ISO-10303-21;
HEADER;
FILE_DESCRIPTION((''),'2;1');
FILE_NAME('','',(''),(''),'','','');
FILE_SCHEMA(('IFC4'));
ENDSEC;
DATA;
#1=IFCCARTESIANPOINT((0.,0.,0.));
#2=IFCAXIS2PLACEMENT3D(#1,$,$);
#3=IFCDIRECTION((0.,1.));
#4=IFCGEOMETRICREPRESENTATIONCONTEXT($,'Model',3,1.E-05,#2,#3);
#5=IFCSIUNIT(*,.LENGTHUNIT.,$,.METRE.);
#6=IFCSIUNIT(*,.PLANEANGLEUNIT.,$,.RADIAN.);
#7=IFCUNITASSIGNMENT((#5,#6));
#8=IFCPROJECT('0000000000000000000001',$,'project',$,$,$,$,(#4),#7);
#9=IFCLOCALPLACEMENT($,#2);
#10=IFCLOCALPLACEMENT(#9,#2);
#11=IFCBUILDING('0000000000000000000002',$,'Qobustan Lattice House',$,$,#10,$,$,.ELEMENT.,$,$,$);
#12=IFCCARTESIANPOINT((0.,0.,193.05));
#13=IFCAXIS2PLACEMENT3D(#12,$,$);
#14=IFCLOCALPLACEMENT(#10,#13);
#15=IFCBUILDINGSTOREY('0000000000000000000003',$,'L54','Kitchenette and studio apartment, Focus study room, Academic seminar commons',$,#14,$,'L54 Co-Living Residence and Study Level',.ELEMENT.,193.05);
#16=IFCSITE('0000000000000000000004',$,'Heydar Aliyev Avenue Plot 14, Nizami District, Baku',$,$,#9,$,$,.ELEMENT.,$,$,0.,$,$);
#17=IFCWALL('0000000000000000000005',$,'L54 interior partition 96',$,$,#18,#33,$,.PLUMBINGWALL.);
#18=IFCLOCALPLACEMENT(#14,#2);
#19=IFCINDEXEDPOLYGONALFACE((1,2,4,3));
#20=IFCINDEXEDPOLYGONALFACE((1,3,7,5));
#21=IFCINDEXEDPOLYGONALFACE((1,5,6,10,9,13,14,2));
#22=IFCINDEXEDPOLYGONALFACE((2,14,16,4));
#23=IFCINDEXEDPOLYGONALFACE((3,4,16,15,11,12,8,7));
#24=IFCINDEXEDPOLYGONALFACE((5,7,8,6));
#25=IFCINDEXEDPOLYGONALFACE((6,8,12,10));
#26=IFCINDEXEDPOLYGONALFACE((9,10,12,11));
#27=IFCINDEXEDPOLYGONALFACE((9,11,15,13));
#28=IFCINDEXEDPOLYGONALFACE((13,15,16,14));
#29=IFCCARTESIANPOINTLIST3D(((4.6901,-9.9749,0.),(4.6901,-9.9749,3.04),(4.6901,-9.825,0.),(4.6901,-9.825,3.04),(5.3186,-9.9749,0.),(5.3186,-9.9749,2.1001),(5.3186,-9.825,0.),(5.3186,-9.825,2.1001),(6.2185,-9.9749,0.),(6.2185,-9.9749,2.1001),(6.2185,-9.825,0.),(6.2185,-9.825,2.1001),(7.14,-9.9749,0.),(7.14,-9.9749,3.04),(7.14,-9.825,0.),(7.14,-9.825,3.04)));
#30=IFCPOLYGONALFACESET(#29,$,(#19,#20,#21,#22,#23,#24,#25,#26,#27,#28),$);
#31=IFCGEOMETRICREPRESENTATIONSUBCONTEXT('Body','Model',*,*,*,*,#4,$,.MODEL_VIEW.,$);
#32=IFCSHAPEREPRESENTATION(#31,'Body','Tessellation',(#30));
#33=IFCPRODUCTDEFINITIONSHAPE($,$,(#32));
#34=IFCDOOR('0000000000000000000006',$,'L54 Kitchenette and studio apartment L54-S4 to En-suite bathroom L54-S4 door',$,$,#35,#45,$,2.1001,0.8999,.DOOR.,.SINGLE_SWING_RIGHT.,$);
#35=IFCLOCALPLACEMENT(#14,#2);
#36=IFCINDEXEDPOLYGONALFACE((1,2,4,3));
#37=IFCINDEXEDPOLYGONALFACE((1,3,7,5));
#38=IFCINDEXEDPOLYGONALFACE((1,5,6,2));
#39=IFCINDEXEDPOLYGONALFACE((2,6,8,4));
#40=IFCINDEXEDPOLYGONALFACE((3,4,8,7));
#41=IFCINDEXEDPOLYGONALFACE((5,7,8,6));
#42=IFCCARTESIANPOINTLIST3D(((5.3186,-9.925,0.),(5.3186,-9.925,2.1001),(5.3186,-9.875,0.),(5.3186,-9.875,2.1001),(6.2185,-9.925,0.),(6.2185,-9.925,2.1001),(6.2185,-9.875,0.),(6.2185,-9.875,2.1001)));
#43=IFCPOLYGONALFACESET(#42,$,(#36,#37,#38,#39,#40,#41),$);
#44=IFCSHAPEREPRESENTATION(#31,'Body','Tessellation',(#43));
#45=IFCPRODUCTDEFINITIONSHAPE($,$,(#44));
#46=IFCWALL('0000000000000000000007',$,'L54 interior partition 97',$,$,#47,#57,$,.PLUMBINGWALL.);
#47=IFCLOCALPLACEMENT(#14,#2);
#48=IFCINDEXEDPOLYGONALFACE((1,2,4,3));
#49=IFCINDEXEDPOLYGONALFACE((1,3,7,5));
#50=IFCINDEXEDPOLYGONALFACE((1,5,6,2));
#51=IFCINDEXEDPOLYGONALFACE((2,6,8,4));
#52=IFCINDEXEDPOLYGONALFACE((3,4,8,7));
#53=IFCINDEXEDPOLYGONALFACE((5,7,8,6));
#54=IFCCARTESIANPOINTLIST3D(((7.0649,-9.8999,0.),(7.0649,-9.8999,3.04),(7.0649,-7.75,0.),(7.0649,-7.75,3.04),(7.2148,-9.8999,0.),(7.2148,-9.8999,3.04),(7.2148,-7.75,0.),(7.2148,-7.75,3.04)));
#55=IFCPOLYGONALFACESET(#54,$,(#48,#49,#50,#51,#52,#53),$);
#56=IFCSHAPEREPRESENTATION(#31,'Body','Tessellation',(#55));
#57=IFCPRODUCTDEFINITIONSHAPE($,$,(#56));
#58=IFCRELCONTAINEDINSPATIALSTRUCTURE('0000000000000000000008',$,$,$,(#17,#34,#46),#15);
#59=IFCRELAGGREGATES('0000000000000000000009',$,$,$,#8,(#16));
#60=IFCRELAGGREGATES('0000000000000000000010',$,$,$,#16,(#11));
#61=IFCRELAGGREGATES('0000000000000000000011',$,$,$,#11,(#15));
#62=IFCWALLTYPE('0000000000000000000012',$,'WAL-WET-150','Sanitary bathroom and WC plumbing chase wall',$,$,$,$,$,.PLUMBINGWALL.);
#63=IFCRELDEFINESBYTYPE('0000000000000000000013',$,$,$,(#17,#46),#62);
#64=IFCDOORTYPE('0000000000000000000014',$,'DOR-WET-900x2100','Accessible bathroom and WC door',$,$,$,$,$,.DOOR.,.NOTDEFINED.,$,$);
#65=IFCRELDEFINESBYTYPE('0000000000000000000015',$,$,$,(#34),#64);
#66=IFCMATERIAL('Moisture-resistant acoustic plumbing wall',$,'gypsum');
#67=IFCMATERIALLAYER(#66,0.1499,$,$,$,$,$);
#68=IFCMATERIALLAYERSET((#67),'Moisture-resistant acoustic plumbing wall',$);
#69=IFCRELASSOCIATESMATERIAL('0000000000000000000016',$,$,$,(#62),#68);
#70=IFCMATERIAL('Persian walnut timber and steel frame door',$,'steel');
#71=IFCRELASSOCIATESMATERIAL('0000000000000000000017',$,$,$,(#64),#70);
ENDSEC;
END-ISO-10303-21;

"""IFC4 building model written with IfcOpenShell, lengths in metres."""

from ifc_helpers import new_model, si_unit, direction, frame, frame_2d, origin, place, context, subcontext, project, spatial, rectangle, extrude, material, layer, layer_set, type_object, element, fill, save


model = new_model("IFC4")

# Units and contexts
model_context = context("Model", 3, precision=1e-05, world=origin(), true_north=direction((0.0, 1.0)))
body_context = subcontext(model_context, "Body", "Model", "MODEL_VIEW")
ifc_project = project(units=[si_unit("LENGTHUNIT", "METRE"), si_unit("PLANEANGLEUNIT", "RADIAN")], contexts=[model_context])

# Site, building, storey
site_placement = place(None, origin())
site = spatial("IfcSite", under=ifc_project, at=site_placement, Name="Heydar Aliyev Avenue Plot 14, Nizami District, Baku", CompositionType="ELEMENT", RefElevation=0.0)
building_placement = place(site_placement, origin())
building = spatial("IfcBuilding", under=site, at=building_placement, Name="Qobustan Lattice House", CompositionType="ELEMENT")
storey_placement = place(building_placement, frame((0.0, 0.0, 193.05)))
storey = spatial("IfcBuildingStorey", under=building, at=storey_placement, Name="L54", Description="Kitchenette and studio apartment, Focus study room, Academic seminar commons", LongName="L54 Co-Living Residence and Study Level", CompositionType="ELEMENT", Elevation=193.05)

# Shared definitions
ifc_material_1 = material(Name="Moisture-resistant acoustic plumbing wall", Category="gypsum")
ifc_layer_1 = layer(ifc_material_1, 0.1499)
ifc_layer_set_1 = layer_set([ifc_layer_1], Name="Moisture-resistant acoustic plumbing wall")
wall_type_1 = type_object("IfcWallType", Name="WAL-WET-150", Description="Sanitary bathroom and WC plumbing chase wall", PredefinedType="PLUMBINGWALL", material=ifc_layer_set_1)

# Wall, opening, door
wall_1_placement = place(storey_placement, frame((4.6899, -9.8999, 0.0), z_axis=(0.0, 0.0, 1.0), x_axis=(1.0, 0.0, 0.0)))
wall_1 = element("IfcWall", 1, at=wall_1_placement, inside=storey, type_object=wall_type_1, Name="L54 interior partition 96", PredefinedType="PLUMBINGWALL", context=body_context, shape_type="SweptSolid", body=[
    extrude(rectangle(XDim=2.45, YDim=0.1499, at=frame_2d((1.2251, 0.0))), origin(), (0.0, 0.0, 1.0), 3.04),
])
opening_1_placement = place(wall_1_placement, frame((0.6287, 0.0, 0.0)))
opening_1 = element("IfcOpeningElement", 2, at=opening_1_placement, cuts=wall_1, PredefinedType="OPENING", context=body_context, shape_type="SweptSolid", body=[
    extrude(rectangle(XDim=0.8999, YDim=2.1001, at=frame_2d((0.45, 1.05))), frame((0.0, 0.085, 0.0), z_axis=(0.0, -1.0, 0.0), x_axis=(1.0, 0.0, 0.0)), (0.0, 0.0, 1.0), 0.1699),
])
ifc_material_2 = material(Name="Persian walnut timber and steel frame door", Category="steel")
door_type_1 = type_object("IfcDoorType", Name="DOR-WET-900x2100", Description="Accessible bathroom and WC door", OperationType="NOTDEFINED", PredefinedType="DOOR", material=ifc_material_2)
door_1_placement = place(opening_1_placement, origin())
door_1 = element("IfcDoor", 3, at=door_1_placement, inside=storey, type_object=door_type_1, Name="L54 Kitchenette and studio apartment L54-S4 to En-suite bathroom L54-S4 door", OperationType="SINGLE_SWING_RIGHT", OverallHeight=2.1001, OverallWidth=0.8999, PredefinedType="DOOR", context=body_context, shape_type="SweptSolid", body=[
    extrude(rectangle(XDim=0.8999, YDim=2.1001, at=frame_2d((0.45, 1.05))), frame((0.0, 0.0249, 0.0), z_axis=(0.0, -1.0, 0.0), x_axis=(1.0, 0.0, 0.0)), (0.0, 0.0, 1.0), 0.05),
])
fill(opening_1, door_1)

# Wall
wall_2_placement = place(storey_placement, frame((7.1399, -9.8999, 0.0), z_axis=(0.0, 0.0, 1.0), x_axis=(0.0, 1.0, 0.0)))
element("IfcWall", 4, at=wall_2_placement, inside=storey, type_object=wall_type_1, Name="L54 interior partition 97", PredefinedType="PLUMBINGWALL", context=body_context, shape_type="SweptSolid", body=[
    extrude(rectangle(XDim=2.1499, YDim=0.1499, at=frame_2d((1.075, 0.0))), origin(), (0.0, 0.0, 1.0), 3.04),
])

save(model, "model.ifc")
